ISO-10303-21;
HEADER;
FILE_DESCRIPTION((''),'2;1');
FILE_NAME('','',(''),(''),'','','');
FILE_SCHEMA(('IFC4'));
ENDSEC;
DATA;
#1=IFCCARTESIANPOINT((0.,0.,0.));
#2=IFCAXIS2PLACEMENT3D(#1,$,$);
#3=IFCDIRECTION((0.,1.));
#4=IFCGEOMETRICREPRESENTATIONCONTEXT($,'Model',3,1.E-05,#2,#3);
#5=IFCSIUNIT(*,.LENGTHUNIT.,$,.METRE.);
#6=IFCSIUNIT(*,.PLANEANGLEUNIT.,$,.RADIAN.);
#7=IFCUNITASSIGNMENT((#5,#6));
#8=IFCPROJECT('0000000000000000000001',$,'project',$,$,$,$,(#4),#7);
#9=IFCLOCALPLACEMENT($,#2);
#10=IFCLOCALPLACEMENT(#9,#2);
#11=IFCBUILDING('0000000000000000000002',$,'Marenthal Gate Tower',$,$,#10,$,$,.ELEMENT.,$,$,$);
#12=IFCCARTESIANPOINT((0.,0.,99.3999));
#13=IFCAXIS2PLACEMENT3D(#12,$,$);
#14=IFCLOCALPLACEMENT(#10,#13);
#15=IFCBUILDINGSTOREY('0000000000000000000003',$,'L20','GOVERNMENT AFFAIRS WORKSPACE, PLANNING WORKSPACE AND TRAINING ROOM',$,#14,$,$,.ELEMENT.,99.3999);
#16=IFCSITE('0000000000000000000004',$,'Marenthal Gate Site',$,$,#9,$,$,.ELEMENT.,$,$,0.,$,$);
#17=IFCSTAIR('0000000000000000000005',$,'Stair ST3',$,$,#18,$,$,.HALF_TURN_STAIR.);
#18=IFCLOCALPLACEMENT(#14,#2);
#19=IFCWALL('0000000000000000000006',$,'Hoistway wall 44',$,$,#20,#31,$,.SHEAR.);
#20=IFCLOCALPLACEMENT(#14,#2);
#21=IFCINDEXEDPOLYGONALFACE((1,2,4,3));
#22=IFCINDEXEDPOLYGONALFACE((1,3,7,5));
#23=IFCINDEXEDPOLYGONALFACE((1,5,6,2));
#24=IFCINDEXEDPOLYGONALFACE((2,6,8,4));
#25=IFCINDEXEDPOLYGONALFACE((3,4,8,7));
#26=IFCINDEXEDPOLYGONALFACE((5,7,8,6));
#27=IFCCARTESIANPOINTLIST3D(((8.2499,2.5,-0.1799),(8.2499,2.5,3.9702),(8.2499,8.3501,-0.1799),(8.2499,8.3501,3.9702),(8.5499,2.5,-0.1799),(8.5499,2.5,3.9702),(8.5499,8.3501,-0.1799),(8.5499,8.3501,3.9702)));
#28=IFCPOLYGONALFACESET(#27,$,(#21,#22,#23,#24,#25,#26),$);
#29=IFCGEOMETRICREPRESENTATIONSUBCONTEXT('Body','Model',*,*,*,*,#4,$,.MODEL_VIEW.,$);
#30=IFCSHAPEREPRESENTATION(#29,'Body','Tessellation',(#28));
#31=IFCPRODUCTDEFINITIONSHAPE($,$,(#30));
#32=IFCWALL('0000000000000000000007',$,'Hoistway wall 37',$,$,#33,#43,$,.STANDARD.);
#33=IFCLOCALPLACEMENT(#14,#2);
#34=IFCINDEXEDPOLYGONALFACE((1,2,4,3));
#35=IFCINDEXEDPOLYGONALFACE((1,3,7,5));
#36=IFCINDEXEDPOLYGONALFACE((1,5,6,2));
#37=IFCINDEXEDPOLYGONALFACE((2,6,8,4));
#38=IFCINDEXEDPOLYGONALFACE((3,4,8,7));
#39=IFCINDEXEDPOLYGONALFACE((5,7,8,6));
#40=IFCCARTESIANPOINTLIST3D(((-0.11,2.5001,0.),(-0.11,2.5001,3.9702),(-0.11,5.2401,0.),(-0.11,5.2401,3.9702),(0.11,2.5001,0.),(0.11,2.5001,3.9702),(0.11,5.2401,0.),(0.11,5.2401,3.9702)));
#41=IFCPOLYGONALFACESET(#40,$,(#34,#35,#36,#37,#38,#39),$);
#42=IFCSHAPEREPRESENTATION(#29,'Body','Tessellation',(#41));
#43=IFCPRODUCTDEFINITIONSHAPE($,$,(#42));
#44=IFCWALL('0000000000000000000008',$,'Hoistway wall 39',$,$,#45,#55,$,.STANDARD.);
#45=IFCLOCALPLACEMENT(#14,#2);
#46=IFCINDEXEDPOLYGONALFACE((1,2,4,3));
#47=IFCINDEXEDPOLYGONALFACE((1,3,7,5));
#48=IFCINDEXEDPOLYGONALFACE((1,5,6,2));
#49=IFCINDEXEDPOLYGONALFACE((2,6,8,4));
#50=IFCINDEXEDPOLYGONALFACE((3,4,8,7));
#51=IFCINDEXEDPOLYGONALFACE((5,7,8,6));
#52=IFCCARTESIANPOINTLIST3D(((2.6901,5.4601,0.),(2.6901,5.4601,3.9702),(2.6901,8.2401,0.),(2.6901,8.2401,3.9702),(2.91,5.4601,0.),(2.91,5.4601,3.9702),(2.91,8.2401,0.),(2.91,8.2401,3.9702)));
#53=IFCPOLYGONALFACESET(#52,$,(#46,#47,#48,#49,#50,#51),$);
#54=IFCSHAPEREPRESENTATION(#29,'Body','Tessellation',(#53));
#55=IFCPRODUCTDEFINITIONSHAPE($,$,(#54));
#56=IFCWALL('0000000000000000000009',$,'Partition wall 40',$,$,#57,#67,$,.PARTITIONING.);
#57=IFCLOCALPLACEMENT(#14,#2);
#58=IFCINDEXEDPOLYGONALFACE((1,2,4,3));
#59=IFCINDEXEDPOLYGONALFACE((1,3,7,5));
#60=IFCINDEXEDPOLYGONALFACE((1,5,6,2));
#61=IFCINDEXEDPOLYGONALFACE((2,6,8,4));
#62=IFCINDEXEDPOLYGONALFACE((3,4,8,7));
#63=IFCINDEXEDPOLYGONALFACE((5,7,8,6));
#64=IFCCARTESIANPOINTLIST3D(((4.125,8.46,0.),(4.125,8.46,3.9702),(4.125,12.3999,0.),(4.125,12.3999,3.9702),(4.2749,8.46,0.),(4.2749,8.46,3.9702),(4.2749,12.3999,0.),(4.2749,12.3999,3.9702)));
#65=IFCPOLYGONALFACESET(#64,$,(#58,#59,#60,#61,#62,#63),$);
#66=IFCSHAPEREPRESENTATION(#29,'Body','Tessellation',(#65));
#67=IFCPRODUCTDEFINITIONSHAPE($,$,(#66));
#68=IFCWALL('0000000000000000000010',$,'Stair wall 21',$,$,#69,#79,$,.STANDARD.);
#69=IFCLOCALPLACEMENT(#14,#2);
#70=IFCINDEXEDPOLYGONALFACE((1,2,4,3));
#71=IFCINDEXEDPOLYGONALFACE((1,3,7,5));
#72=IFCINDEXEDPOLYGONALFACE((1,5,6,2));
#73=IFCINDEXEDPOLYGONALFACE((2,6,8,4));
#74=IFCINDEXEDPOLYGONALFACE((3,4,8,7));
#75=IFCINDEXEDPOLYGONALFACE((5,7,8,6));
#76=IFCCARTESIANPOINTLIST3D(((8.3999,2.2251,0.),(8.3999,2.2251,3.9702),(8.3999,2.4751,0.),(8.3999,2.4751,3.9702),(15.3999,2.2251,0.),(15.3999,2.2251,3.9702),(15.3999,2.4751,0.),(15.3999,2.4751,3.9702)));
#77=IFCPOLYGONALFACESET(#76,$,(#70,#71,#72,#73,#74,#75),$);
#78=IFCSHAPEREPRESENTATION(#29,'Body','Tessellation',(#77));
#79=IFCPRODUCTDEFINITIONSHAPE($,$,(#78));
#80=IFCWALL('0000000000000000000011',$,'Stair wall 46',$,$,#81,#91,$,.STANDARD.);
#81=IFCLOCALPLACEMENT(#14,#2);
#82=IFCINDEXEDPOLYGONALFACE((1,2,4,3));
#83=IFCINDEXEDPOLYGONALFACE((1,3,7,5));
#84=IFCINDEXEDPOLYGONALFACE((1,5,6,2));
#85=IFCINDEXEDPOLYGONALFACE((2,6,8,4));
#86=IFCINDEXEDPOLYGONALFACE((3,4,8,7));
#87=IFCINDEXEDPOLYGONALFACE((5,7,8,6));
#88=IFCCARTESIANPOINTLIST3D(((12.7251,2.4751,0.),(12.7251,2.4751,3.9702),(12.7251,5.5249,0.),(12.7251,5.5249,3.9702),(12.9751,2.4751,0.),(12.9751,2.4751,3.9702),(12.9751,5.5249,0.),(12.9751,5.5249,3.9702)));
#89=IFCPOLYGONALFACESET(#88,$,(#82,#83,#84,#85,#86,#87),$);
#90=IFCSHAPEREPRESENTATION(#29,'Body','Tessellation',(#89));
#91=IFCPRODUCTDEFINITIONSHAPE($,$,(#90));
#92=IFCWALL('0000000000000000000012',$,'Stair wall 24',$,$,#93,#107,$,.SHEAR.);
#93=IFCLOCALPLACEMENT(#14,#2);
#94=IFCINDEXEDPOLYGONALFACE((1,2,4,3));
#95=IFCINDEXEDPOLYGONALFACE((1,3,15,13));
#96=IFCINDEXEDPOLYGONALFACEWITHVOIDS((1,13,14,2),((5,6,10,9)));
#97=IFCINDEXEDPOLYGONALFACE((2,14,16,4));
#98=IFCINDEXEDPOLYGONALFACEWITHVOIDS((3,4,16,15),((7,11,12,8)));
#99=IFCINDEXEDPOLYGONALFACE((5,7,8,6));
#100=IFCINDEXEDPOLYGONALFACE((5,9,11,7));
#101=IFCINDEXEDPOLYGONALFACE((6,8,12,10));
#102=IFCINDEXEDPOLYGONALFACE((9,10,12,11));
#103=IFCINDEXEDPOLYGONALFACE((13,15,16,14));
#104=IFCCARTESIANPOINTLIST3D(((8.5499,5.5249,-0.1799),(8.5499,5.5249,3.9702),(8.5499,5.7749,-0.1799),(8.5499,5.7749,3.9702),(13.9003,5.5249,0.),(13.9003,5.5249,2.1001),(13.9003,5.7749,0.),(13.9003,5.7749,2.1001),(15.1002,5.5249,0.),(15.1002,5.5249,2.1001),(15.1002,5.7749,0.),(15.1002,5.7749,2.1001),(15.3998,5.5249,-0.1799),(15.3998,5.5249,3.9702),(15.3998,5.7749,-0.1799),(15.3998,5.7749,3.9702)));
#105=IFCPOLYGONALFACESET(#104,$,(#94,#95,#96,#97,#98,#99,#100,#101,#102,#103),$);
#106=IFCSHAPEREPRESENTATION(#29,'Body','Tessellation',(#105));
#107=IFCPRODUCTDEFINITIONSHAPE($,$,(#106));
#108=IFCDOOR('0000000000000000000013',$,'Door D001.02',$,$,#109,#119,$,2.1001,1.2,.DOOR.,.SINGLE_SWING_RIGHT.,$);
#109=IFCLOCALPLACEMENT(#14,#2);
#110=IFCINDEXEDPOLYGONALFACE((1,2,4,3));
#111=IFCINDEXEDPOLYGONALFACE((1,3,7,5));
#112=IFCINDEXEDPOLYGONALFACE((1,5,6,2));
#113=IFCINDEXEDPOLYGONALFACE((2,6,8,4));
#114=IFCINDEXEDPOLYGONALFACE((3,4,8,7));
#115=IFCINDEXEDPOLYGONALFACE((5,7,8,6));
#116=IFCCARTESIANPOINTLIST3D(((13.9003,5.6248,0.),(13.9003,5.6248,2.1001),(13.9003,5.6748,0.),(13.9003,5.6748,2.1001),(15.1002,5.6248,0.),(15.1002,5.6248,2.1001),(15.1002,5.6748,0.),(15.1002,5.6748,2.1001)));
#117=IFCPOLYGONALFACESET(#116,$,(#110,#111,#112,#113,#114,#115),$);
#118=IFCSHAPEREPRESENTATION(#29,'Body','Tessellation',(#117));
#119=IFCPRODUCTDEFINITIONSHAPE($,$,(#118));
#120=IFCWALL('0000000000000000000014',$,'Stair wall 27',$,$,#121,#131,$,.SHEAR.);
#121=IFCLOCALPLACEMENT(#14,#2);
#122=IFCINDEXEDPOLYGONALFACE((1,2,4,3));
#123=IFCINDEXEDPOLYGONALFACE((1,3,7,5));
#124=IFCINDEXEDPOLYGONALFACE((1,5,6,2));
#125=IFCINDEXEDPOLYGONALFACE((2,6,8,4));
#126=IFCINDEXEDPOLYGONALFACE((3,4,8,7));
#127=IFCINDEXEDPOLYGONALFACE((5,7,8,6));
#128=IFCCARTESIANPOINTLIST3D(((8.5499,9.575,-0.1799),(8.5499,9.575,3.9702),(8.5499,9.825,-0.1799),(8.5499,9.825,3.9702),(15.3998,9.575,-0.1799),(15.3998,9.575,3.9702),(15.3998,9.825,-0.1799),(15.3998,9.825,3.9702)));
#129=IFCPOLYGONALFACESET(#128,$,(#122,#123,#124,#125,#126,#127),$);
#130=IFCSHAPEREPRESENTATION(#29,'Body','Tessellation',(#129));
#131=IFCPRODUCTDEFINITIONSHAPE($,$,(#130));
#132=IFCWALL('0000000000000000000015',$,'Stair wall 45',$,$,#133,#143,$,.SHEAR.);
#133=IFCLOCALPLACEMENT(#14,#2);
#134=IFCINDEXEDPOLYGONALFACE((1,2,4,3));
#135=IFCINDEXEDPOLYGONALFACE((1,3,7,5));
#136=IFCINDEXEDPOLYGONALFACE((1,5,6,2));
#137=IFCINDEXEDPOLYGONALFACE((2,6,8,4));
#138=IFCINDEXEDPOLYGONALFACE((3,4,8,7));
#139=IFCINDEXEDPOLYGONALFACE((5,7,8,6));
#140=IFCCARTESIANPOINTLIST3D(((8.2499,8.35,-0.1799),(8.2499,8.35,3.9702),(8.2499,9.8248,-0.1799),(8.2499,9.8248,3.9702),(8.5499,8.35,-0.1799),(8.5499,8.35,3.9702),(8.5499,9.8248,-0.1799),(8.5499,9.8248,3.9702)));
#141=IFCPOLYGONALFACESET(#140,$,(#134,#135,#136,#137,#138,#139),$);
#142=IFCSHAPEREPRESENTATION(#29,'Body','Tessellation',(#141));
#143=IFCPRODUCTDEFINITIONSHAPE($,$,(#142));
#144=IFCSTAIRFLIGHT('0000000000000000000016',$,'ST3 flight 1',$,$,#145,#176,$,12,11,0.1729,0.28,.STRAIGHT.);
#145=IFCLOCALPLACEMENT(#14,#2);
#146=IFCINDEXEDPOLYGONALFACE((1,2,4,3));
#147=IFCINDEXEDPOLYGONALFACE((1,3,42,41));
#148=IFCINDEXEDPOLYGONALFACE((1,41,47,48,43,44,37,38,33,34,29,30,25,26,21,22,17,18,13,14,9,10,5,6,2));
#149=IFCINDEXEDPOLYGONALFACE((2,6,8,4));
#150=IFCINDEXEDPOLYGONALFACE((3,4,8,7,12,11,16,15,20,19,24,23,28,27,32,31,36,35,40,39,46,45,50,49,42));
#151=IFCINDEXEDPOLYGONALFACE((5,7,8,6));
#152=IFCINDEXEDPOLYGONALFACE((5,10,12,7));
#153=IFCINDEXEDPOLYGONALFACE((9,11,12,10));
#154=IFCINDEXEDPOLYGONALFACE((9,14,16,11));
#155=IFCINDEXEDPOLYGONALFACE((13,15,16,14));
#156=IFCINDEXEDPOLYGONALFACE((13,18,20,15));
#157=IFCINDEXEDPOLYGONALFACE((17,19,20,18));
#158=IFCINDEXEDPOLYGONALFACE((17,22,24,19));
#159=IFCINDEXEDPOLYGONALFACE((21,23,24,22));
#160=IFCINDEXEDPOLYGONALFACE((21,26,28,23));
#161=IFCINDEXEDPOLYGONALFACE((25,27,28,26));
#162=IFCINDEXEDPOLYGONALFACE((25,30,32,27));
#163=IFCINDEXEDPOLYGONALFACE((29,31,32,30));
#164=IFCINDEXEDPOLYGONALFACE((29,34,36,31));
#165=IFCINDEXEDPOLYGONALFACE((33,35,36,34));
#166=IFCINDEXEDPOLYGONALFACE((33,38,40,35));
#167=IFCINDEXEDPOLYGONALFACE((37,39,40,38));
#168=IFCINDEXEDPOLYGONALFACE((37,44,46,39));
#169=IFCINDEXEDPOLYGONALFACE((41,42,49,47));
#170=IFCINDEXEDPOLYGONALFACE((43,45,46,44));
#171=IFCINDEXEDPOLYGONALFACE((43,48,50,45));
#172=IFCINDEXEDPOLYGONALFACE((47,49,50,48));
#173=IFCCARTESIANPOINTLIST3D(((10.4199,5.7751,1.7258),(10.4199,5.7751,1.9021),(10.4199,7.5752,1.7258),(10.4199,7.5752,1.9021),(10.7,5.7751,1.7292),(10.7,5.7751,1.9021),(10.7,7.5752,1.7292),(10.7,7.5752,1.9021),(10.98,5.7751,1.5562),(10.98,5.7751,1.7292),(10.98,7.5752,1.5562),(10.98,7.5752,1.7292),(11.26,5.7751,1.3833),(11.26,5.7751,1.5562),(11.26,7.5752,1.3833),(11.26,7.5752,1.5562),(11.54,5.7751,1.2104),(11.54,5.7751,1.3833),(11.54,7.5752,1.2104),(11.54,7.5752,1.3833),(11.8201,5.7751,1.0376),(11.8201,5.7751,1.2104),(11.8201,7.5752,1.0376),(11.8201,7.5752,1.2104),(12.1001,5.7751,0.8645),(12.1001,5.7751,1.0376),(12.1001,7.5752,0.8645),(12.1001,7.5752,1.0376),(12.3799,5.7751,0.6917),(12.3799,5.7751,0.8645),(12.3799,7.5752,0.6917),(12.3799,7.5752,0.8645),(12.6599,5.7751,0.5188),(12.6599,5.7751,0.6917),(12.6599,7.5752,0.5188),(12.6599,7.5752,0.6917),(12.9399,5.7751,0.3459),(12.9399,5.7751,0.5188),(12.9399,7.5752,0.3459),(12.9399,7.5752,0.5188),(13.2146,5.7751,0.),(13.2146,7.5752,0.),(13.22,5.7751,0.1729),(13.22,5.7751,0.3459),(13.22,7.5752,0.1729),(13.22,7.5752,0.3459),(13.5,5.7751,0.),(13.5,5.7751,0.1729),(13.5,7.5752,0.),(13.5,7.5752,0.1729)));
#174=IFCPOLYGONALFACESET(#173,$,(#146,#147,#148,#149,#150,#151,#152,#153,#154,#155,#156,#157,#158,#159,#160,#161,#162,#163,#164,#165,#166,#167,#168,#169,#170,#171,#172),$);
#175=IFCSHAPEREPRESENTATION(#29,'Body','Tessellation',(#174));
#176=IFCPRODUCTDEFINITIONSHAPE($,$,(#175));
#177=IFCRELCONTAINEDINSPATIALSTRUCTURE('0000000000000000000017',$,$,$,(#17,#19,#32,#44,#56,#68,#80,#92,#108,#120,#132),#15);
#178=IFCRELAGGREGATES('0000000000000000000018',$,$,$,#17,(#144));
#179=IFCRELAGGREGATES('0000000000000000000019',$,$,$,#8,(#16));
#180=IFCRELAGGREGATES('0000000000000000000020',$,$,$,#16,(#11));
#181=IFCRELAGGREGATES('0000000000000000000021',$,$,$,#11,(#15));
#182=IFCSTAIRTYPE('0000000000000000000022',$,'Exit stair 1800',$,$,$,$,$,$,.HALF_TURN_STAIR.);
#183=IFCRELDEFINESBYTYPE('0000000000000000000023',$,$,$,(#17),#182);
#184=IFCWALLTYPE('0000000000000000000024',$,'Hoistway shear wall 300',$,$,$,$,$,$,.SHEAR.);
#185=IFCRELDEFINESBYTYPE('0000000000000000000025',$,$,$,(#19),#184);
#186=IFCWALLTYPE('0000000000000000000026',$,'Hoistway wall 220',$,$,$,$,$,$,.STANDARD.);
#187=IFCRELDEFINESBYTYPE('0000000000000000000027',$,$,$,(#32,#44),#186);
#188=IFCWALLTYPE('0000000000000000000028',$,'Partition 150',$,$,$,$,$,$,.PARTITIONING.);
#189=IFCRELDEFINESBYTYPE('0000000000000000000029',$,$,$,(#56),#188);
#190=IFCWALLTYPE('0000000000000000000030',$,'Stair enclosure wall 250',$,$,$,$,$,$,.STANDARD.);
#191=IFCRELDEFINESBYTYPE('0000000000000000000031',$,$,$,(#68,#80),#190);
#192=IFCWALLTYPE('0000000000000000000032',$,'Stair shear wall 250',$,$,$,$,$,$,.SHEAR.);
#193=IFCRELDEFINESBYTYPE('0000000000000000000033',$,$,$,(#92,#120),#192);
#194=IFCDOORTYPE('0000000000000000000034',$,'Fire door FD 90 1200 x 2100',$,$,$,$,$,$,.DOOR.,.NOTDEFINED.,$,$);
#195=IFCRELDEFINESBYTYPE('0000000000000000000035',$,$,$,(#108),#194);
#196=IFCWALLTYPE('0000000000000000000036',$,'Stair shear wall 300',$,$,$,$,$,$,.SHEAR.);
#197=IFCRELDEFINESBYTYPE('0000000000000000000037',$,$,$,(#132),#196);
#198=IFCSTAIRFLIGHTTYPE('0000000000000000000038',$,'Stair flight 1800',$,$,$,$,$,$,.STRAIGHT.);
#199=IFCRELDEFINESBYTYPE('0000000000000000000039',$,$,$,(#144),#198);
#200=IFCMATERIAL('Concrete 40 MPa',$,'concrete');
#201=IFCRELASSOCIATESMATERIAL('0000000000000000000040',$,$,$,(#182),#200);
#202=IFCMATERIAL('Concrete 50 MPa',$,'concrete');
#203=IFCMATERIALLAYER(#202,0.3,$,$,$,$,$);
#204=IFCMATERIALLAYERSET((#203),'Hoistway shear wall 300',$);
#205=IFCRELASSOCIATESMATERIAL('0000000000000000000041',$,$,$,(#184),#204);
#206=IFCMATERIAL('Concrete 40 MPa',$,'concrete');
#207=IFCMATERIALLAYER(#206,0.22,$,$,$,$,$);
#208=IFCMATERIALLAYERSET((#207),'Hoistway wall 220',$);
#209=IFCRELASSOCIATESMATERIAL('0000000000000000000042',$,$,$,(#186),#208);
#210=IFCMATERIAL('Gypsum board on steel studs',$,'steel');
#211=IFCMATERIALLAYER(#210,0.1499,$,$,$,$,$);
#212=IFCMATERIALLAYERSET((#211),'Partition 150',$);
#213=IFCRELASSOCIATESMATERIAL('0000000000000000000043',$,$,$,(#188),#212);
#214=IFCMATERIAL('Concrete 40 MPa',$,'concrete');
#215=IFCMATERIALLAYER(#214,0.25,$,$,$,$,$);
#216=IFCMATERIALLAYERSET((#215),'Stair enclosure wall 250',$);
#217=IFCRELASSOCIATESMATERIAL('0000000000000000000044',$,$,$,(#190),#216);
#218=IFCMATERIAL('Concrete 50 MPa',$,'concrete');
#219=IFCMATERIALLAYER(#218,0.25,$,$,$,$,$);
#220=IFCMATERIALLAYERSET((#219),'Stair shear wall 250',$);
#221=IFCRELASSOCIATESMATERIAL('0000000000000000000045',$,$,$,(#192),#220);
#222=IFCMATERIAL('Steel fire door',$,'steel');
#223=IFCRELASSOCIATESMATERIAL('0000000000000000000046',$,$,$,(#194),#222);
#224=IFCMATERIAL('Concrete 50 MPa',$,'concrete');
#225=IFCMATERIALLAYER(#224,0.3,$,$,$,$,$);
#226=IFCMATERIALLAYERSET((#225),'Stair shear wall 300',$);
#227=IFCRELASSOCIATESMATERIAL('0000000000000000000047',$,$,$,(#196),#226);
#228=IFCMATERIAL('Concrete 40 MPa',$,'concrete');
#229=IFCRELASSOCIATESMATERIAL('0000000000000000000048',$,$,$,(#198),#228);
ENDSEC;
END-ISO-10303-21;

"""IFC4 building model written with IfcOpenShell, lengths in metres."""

from ifc_helpers import new_model, si_unit, direction, frame, frame_2d, origin, place, context, subcontext, project, spatial, polyline, rectangle, outline, extrude, material, layer, layer_set, type_object, element, fill, aggregate, save


model = new_model("IFC4")

# Units and contexts
model_context = context("Model", 3, precision=1e-05, world=origin(), true_north=direction((0.0, 1.0)))
body_context = subcontext(model_context, "Body", "Model", "MODEL_VIEW")
ifc_project = project(units=[si_unit("LENGTHUNIT", "METRE"), si_unit("PLANEANGLEUNIT", "RADIAN")], contexts=[model_context])

# Site, building, storey
site_placement = place(None, origin())
site = spatial("IfcSite", under=ifc_project, at=site_placement, Name="Marenthal Gate Site", CompositionType="ELEMENT", RefElevation=0.0)
building_placement = place(site_placement, origin())
building = spatial("IfcBuilding", under=site, at=building_placement, Name="Marenthal Gate Tower", CompositionType="ELEMENT")
storey_placement = place(building_placement, frame((0.0, 0.0, 99.3999)))
storey = spatial("IfcBuildingStorey", under=building, at=storey_placement, Name="L20", Description="GOVERNMENT AFFAIRS WORKSPACE, PLANNING WORKSPACE AND TRAINING ROOM", CompositionType="ELEMENT", Elevation=99.3999)

# Stair
ifc_material_1 = material(Name="Concrete 40 MPa", Category="concrete")
stair_type = type_object("IfcStairType", Name="Exit stair 1800", PredefinedType="HALF_TURN_STAIR", material=ifc_material_1)
stair_1_placement = place(storey_placement, origin())
stair_1 = element("IfcStair", 1, at=stair_1_placement, inside=storey, type_object=stair_type, Name="Stair ST3", PredefinedType="HALF_TURN_STAIR")

# Walls
ifc_material_2 = material(Name="Concrete 50 MPa", Category="concrete")
ifc_layer_1 = layer(ifc_material_2, 0.3)
ifc_layer_set_1 = layer_set([ifc_layer_1], Name="Hoistway shear wall 300")
wall_type_1 = type_object("IfcWallType", Name="Hoistway shear wall 300", PredefinedType="SHEAR", material=ifc_layer_set_1)
wall_1_placement = place(storey_placement, frame((8.3999, 2.5, -0.1799), z_axis=(0.0, 0.0, 1.0), x_axis=(0.0, 1.0, 0.0)))
element("IfcWall", 2, at=wall_1_placement, inside=storey, type_object=wall_type_1, Name="Hoistway wall 44", PredefinedType="SHEAR", context=body_context, shape_type="SweptSolid", body=[
    extrude(rectangle(XDim=5.8501, YDim=0.3, at=frame_2d((2.925, 0.0))), origin(), (0.0, 0.0, 1.0), 4.1501),
])
ifc_material_3 = material(Name="Concrete 40 MPa", Category="concrete")
ifc_layer_2 = layer(ifc_material_3, 0.22)
ifc_layer_set_2 = layer_set([ifc_layer_2], Name="Hoistway wall 220")
wall_type_2 = type_object("IfcWallType", Name="Hoistway wall 220", PredefinedType="STANDARD", material=ifc_layer_set_2)
wall_2_placement = place(storey_placement, frame((0.0, 2.5, 0.0), z_axis=(0.0, 0.0, 1.0), x_axis=(0.0, 1.0, 0.0)))
element("IfcWall", 3, at=wall_2_placement, inside=storey, type_object=wall_type_2, Name="Hoistway wall 37", PredefinedType="STANDARD", context=body_context, shape_type="SweptSolid", body=[
    extrude(rectangle(XDim=2.74, YDim=0.22, at=frame_2d((1.3701, 0.0))), origin(), (0.0, 0.0, 1.0), 3.9702),
])
wall_3_placement = place(storey_placement, frame((2.8, 5.46, 0.0), z_axis=(0.0, 0.0, 1.0), x_axis=(0.0, 1.0, 0.0)))
element("IfcWall", 4, at=wall_3_placement, inside=storey, type_object=wall_type_2, Name="Hoistway wall 39", PredefinedType="STANDARD", context=body_context, shape_type="SweptSolid", body=[
    extrude(rectangle(XDim=2.78, YDim=0.22, at=frame_2d((1.3901, 0.0))), origin(), (0.0, 0.0, 1.0), 3.9702),
])
ifc_material_4 = material(Name="Gypsum board on steel studs", Category="steel")
ifc_layer_3 = layer(ifc_material_4, 0.1499)
ifc_layer_set_3 = layer_set([ifc_layer_3], Name="Partition 150")
wall_type_3 = type_object("IfcWallType", Name="Partition 150", PredefinedType="PARTITIONING", material=ifc_layer_set_3)
wall_4_placement = place(storey_placement, frame((4.2, 8.46, 0.0), z_axis=(0.0, 0.0, 1.0), x_axis=(0.0, 1.0, 0.0)))
element("IfcWall", 5, at=wall_4_placement, inside=storey, type_object=wall_type_3, Name="Partition wall 40", PredefinedType="PARTITIONING", context=body_context, shape_type="SweptSolid", body=[
    extrude(rectangle(XDim=3.9399, YDim=0.1499, at=frame_2d((1.97, 0.0))), origin(), (0.0, 0.0, 1.0), 3.9702),
])
ifc_material_5 = material(Name="Concrete 40 MPa", Category="concrete")
ifc_layer_4 = layer(ifc_material_5, 0.25)
ifc_layer_set_4 = layer_set([ifc_layer_4], Name="Stair enclosure wall 250")
wall_type_4 = type_object("IfcWallType", Name="Stair enclosure wall 250", PredefinedType="STANDARD", material=ifc_layer_set_4)
wall_5_placement = place(storey_placement, frame((8.3999, 2.3501, 0.0), z_axis=(0.0, 0.0, 1.0), x_axis=(1.0, 0.0, 0.0)))
element("IfcWall", 6, at=wall_5_placement, inside=storey, type_object=wall_type_4, Name="Stair wall 21", PredefinedType="STANDARD", context=body_context, shape_type="SweptSolid", body=[
    extrude(rectangle(XDim=7.0, YDim=0.25, at=frame_2d((3.5, 0.0))), origin(), (0.0, 0.0, 1.0), 3.9702),
])
wall_6_placement = place(storey_placement, frame((12.8501, 2.4751, 0.0), z_axis=(0.0, 0.0, 1.0), x_axis=(0.0, 1.0, 0.0)))
element("IfcWall", 7, at=wall_6_placement, inside=storey, type_object=wall_type_4, Name="Stair wall 46", PredefinedType="STANDARD", context=body_context, shape_type="SweptSolid", body=[
    extrude(rectangle(XDim=3.0498, YDim=0.25, at=frame_2d((1.5249, 0.0))), origin(), (0.0, 0.0, 1.0), 3.9702),
])

# Wall, opening, door
ifc_material_6 = material(Name="Concrete 50 MPa", Category="concrete")
ifc_layer_5 = layer(ifc_material_6, 0.25)
ifc_layer_set_5 = layer_set([ifc_layer_5], Name="Stair shear wall 250")
wall_type_5 = type_object("IfcWallType", Name="Stair shear wall 250", PredefinedType="SHEAR", material=ifc_layer_set_5)
wall_7_placement = place(storey_placement, frame((8.55, 5.6499, -0.1799), z_axis=(0.0, 0.0, 1.0), x_axis=(1.0, 0.0, 0.0)))
wall_7 = element("IfcWall", 8, at=wall_7_placement, inside=storey, type_object=wall_type_5, Name="Stair wall 24", PredefinedType="SHEAR", context=body_context, shape_type="SweptSolid", body=[
    extrude(rectangle(XDim=6.8499, YDim=0.25, at=frame_2d((3.4248, 0.0))), origin(), (0.0, 0.0, 1.0), 4.1501),
])
opening_1_placement = place(wall_7_placement, frame((5.3501, 0.0, 0.1799)))
opening_1 = element("IfcOpeningElement", 9, at=opening_1_placement, cuts=wall_7, PredefinedType="OPENING", context=body_context, shape_type="SweptSolid", body=[
    extrude(rectangle(XDim=1.2, YDim=2.1001, at=frame_2d((0.6001, 1.05))), frame((0.0, 0.135, 0.0), z_axis=(0.0, -1.0, 0.0), x_axis=(1.0, 0.0, 0.0)), (0.0, 0.0, 1.0), 0.27),
])
ifc_material_7 = material(Name="Steel fire door", Category="steel")
door_type_1 = type_object("IfcDoorType", Name="Fire door FD 90 1200 x 2100", OperationType="NOTDEFINED", PredefinedType="DOOR", material=ifc_material_7)
door_1_placement = place(opening_1_placement, origin())
door_1 = element("IfcDoor", 10, at=door_1_placement, inside=storey, type_object=door_type_1, Name="Door D001.02", OperationType="SINGLE_SWING_RIGHT", OverallHeight=2.1001, OverallWidth=1.2, PredefinedType="DOOR", context=body_context, shape_type="SweptSolid", body=[
    extrude(rectangle(XDim=1.2, YDim=2.1001, at=frame_2d((0.6001, 1.05))), frame((0.0, 0.0249, 0.0), z_axis=(0.0, -1.0, 0.0), x_axis=(1.0, 0.0, 0.0)), (0.0, 0.0, 1.0), 0.05),
])
fill(opening_1, door_1)

# Walls
wall_8_placement = place(storey_placement, frame((8.55, 9.7, -0.1799), z_axis=(0.0, 0.0, 1.0), x_axis=(1.0, 0.0, 0.0)))
element("IfcWall", 11, at=wall_8_placement, inside=storey, type_object=wall_type_5, Name="Stair wall 27", PredefinedType="SHEAR", context=body_context, shape_type="SweptSolid", body=[
    extrude(rectangle(XDim=6.8499, YDim=0.25, at=frame_2d((3.4248, 0.0))), origin(), (0.0, 0.0, 1.0), 4.1501),
])
ifc_material_8 = material(Name="Concrete 50 MPa", Category="concrete")
ifc_layer_6 = layer(ifc_material_8, 0.3)
ifc_layer_set_6 = layer_set([ifc_layer_6], Name="Stair shear wall 300")
wall_type_6 = type_object("IfcWallType", Name="Stair shear wall 300", PredefinedType="SHEAR", material=ifc_layer_set_6)
wall_9_placement = place(storey_placement, frame((8.3999, 8.3501, -0.1799), z_axis=(0.0, 0.0, 1.0), x_axis=(0.0, 1.0, 0.0)))
element("IfcWall", 12, at=wall_9_placement, inside=storey, type_object=wall_type_6, Name="Stair wall 45", PredefinedType="SHEAR", context=body_context, shape_type="SweptSolid", body=[
    extrude(rectangle(XDim=1.4749, YDim=0.3, at=frame_2d((0.7373, 0.0))), origin(), (0.0, 0.0, 1.0), 4.1501),
])

# Stair flight
ifc_material_9 = material(Name="Concrete 40 MPa", Category="concrete")
stair_flight_type = type_object("IfcStairFlightType", Name="Stair flight 1800", PredefinedType="STRAIGHT", material=ifc_material_9)
stair_flight_1_placement = place(storey_placement, frame((13.5, 6.675, 0.0), z_axis=(0.0, 0.0, 1.0), x_axis=(-1.0, 0.0, 0.0)))
stair_flight_1 = element("IfcStairFlight", 13, at=stair_flight_1_placement, type_object=stair_flight_type, Name="ST3 flight 1", NumberOfRisers=12, NumberOfTreads=11, PredefinedType="STRAIGHT", RiserHeight=0.1729, TreadLength=0.28, context=body_context, shape_type="SweptSolid", body=[
    extrude(outline(polyline([(0.0, 0.0), (0.0, 0.1729), (0.28, 0.1729), (0.28, 0.3459), (0.5601, 0.3459), (0.5601, 0.5188), (0.8401, 0.5188), (0.8401, 0.6917), (1.1201, 0.6917), (1.1201, 0.8645), (1.3999, 0.8645), (1.3999, 1.0376), (1.6799, 1.0376), (1.6799, 1.2104), (1.96, 1.2104), (1.96, 1.3833), (2.24, 1.3833), (2.24, 1.5562), (2.52, 1.5562), (2.52, 1.7292), (2.8, 1.7292), (2.8, 1.9021), (3.0801, 1.9021), (3.0801, 2.075), (3.0801, 1.7258), (0.2854, 0.0), (0.0, 0.0)])), frame((0.0, 0.8999, 0.0), z_axis=(0.0, -1.0, 0.0), x_axis=(1.0, 0.0, 0.0)), (0.0, 0.0, 1.0), 1.8),
])
aggregate(stair_1, [stair_flight_1])

save(model, "model.ifc")
